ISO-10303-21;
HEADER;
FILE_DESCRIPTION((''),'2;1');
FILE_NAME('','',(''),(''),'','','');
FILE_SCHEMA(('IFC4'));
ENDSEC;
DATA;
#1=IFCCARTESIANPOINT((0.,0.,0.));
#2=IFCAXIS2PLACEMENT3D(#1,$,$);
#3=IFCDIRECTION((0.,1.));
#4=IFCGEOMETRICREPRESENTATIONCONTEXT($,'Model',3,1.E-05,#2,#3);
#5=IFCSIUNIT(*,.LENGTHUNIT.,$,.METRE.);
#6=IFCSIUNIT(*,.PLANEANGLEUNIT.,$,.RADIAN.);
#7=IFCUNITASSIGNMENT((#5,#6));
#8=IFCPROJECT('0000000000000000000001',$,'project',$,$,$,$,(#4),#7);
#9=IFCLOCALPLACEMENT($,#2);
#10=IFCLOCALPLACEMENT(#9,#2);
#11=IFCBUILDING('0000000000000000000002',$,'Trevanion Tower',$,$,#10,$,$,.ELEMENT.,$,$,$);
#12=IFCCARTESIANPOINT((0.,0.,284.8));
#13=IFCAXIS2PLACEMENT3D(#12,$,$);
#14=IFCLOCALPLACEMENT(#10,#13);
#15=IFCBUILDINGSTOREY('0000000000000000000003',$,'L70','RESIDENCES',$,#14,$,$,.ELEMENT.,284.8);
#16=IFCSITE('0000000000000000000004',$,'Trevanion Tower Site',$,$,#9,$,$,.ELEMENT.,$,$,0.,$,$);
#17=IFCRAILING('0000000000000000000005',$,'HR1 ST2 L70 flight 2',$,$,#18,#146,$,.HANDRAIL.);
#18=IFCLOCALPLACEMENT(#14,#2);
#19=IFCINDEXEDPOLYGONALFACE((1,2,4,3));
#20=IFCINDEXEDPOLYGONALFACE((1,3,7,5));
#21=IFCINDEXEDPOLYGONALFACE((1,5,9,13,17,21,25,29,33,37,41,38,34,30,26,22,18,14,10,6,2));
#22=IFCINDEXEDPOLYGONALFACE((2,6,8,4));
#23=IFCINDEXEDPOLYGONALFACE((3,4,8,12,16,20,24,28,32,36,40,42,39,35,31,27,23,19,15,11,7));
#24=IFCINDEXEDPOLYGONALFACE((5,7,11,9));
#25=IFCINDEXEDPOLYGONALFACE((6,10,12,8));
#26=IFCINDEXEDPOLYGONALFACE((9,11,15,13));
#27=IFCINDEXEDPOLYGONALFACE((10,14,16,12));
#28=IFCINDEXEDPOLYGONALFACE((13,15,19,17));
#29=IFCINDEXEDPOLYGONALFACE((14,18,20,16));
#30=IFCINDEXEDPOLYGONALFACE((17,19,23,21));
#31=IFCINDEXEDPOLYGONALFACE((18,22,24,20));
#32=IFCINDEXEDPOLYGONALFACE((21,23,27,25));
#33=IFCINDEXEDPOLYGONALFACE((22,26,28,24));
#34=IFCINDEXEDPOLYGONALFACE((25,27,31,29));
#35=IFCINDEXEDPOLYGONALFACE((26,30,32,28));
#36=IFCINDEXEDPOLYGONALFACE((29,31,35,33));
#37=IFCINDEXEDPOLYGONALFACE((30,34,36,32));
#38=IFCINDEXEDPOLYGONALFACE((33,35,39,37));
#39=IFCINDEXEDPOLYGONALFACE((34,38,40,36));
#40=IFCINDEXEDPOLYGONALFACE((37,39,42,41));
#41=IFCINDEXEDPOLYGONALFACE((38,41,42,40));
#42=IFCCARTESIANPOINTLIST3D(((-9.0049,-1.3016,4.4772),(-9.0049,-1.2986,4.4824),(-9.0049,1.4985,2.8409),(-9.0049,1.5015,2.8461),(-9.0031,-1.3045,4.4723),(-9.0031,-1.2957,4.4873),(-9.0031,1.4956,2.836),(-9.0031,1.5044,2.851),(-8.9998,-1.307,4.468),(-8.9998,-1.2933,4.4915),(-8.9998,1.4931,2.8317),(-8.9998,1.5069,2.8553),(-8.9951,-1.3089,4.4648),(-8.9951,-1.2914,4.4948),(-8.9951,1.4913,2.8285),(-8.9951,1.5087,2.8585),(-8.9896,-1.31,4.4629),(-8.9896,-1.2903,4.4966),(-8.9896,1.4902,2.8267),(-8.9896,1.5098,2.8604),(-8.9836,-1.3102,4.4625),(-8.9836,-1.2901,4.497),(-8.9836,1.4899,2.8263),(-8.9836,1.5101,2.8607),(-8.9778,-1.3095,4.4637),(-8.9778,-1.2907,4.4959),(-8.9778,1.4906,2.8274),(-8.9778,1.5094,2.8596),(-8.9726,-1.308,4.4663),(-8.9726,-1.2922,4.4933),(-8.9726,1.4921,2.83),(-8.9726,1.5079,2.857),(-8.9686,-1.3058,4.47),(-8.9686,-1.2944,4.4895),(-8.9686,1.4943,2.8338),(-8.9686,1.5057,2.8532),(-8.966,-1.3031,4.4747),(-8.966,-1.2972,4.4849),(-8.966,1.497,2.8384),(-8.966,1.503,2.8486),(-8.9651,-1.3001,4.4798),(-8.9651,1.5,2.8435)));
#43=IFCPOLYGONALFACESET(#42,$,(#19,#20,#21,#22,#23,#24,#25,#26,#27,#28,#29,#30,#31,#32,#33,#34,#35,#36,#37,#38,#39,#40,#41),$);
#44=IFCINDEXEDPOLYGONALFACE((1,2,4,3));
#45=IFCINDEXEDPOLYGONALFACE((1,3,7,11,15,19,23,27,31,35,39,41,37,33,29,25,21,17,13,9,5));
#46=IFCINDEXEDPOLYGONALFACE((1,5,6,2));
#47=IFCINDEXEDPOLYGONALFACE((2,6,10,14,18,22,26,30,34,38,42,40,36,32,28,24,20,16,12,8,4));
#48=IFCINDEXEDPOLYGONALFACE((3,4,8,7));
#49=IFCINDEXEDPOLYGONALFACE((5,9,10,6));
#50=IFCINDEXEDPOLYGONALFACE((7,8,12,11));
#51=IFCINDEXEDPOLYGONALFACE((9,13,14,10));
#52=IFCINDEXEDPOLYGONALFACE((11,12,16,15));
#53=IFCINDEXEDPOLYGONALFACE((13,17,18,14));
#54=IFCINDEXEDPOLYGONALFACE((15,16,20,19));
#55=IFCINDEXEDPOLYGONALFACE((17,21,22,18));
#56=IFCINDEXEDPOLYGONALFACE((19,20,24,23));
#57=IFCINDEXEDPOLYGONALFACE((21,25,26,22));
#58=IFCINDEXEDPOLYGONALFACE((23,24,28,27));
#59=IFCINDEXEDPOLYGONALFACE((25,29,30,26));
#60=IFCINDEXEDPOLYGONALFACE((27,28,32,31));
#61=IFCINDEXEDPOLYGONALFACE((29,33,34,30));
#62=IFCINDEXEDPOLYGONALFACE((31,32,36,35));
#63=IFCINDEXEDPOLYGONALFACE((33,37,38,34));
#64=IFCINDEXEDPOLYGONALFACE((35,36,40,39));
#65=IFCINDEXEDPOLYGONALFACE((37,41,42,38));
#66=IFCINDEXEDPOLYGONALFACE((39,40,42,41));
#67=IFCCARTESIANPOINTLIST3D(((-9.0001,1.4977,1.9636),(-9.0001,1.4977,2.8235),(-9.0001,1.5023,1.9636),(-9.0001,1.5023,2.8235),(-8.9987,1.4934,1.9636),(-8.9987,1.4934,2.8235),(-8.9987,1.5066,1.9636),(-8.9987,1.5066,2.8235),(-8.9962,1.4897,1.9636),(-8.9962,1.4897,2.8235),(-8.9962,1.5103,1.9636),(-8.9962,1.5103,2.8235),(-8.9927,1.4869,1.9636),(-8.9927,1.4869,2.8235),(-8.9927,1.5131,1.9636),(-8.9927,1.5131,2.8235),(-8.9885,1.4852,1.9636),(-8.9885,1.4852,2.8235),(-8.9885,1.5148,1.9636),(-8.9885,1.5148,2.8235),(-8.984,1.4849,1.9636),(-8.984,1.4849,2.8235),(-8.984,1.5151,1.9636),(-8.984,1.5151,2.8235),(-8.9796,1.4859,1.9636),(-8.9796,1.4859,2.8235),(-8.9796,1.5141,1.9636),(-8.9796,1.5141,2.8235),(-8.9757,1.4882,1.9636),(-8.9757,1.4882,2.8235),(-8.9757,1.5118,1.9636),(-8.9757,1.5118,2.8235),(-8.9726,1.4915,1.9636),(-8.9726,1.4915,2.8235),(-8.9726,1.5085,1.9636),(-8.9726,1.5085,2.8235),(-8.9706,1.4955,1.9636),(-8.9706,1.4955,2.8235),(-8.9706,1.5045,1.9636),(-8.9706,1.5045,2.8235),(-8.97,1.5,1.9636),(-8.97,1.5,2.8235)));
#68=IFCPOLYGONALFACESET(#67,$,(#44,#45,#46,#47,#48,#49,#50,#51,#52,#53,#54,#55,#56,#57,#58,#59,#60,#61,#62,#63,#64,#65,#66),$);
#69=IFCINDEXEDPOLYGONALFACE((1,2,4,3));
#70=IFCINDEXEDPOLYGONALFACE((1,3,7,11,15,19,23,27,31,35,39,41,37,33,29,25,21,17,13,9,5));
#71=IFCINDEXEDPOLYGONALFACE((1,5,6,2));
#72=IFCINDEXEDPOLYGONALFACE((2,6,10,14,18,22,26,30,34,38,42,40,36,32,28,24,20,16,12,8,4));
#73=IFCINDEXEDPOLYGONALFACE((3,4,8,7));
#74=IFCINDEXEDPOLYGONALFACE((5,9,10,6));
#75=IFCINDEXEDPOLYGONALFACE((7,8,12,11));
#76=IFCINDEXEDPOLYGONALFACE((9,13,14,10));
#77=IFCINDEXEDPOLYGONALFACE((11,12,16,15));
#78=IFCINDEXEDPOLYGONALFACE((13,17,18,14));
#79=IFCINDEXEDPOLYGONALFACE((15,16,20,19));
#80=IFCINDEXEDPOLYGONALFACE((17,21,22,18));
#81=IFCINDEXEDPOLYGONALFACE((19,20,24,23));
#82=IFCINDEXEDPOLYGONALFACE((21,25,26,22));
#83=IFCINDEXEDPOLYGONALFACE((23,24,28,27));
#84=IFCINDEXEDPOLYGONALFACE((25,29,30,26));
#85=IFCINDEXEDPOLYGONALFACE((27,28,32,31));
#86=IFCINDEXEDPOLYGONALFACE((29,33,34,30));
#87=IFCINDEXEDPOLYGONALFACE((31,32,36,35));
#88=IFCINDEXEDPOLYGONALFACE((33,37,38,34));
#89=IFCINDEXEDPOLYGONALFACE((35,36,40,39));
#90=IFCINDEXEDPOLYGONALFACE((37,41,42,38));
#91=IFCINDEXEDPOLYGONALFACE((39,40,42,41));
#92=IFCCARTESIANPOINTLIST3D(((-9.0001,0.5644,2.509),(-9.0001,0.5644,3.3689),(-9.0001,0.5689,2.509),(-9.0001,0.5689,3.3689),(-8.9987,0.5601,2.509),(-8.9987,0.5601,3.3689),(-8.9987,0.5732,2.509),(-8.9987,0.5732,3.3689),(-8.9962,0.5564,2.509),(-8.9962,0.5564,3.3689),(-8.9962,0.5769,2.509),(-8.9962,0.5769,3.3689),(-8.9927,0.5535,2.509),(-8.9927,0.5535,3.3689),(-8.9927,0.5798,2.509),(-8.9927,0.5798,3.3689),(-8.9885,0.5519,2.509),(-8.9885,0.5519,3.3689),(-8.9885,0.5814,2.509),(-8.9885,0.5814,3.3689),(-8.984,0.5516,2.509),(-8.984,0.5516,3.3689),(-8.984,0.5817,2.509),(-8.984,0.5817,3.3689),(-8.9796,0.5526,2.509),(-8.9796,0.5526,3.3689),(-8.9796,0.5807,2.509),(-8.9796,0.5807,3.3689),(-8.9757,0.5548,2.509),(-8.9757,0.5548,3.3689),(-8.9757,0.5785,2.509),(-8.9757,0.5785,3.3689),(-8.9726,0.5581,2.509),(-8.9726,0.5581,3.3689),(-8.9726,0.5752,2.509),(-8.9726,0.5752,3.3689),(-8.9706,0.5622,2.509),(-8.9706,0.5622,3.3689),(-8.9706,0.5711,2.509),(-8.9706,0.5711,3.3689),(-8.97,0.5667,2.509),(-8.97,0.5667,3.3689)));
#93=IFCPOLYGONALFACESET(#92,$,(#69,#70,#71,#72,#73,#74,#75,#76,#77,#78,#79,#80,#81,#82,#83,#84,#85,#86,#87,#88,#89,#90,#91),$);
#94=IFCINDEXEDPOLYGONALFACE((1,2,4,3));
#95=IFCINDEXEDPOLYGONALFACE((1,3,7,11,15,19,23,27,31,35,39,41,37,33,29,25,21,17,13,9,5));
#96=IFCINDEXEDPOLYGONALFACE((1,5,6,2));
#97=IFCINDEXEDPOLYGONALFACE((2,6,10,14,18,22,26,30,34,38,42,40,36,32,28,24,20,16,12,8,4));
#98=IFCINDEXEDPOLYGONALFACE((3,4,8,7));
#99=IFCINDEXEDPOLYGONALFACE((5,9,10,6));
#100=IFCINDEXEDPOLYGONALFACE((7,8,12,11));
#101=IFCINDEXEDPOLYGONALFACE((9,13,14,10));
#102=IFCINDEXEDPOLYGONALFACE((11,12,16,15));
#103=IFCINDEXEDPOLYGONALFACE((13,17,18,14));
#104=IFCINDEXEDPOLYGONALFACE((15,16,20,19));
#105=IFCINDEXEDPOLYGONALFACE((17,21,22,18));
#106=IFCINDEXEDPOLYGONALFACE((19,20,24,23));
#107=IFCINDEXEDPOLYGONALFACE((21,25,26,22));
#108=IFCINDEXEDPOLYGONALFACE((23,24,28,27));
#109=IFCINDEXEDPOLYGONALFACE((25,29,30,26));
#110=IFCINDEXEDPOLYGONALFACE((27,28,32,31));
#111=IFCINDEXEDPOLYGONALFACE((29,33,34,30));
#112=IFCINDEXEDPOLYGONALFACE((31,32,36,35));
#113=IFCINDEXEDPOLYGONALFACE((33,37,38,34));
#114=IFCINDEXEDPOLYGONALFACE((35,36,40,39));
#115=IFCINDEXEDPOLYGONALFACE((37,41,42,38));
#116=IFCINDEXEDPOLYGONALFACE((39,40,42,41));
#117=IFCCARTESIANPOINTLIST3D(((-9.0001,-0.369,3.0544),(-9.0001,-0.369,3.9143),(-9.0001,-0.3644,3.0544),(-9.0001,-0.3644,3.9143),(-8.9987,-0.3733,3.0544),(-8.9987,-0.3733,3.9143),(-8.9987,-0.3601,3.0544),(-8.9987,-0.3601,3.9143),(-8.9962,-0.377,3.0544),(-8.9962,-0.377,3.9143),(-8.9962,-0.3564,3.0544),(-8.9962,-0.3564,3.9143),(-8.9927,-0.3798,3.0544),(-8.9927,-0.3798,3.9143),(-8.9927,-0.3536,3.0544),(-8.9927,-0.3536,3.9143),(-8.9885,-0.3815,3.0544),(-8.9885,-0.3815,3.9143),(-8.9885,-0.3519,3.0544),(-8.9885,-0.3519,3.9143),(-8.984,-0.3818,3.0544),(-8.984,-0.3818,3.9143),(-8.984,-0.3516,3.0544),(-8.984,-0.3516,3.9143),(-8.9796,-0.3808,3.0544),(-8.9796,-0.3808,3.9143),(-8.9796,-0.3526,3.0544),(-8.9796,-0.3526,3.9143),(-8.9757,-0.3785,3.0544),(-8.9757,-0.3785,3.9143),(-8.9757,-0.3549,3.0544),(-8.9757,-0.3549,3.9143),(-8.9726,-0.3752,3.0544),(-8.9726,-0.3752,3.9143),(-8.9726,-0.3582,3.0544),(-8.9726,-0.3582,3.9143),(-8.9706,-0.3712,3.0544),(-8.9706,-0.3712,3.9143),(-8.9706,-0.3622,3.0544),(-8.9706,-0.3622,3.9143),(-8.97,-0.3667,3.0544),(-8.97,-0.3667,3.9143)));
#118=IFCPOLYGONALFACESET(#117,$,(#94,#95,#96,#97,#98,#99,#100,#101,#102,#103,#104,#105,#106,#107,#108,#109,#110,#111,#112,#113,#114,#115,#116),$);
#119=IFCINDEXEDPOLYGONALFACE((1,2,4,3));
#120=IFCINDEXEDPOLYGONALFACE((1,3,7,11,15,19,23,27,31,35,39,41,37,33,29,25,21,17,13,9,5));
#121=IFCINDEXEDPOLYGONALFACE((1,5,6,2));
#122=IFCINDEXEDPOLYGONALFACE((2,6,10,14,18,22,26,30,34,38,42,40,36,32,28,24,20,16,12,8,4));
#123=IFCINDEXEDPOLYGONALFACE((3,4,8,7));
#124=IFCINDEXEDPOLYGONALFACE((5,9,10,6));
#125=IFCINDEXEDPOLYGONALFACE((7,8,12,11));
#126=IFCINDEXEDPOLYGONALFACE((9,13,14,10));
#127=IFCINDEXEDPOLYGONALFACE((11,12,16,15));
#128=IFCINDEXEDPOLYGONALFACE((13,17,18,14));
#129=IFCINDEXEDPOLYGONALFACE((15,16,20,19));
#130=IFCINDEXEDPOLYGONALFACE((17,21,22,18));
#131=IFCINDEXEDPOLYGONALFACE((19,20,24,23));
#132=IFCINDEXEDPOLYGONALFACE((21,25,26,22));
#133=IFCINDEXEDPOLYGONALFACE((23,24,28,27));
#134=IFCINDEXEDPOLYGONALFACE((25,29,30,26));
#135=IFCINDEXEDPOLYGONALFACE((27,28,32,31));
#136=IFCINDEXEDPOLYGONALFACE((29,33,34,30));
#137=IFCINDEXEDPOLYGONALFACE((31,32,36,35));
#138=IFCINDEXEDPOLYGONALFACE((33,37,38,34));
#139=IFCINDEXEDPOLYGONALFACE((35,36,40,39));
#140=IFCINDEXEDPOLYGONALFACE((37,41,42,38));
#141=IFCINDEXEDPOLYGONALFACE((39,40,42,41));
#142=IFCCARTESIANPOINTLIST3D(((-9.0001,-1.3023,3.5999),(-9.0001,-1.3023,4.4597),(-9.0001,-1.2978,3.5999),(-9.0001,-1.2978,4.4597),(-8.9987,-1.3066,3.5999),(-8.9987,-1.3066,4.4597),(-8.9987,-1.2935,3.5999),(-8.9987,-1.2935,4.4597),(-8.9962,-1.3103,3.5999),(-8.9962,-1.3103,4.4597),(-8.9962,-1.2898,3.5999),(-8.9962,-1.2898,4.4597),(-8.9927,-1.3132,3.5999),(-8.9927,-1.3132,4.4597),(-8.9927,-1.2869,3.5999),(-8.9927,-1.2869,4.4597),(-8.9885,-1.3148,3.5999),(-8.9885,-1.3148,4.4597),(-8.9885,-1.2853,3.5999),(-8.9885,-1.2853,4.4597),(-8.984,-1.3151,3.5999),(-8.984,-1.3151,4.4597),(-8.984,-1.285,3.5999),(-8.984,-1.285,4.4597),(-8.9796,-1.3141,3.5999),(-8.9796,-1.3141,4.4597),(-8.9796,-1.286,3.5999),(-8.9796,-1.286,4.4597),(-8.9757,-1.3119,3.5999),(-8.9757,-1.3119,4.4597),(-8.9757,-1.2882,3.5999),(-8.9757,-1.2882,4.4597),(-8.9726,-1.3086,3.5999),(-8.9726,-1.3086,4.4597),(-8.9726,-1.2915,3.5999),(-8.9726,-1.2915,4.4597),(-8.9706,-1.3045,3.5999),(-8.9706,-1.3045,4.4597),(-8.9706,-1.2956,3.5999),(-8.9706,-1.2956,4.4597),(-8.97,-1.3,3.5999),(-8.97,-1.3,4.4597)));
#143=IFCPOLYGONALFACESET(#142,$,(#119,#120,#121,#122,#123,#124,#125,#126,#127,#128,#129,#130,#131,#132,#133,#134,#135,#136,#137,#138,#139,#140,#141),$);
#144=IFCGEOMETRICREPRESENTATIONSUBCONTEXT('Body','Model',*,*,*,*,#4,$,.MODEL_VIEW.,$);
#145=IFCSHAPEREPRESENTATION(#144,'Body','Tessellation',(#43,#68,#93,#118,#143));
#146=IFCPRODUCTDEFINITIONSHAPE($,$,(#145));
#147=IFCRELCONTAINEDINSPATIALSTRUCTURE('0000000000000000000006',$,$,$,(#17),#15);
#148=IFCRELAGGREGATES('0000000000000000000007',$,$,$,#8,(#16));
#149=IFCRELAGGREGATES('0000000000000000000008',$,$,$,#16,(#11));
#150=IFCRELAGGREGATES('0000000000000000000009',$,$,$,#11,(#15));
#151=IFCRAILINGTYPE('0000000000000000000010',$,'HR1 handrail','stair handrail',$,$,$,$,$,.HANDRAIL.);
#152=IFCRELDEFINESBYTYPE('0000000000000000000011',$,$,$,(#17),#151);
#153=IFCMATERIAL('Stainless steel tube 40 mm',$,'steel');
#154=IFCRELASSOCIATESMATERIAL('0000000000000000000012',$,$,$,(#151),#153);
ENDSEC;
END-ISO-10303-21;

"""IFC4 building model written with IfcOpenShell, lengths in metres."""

from ifc_helpers import new_model, si_unit, direction, frame, origin, origin_2d, place, context, subcontext, project, spatial, circle, extrude, material, type_object, element, save


model = new_model("IFC4")

# Units and contexts
model_context = context("Model", 3, precision=1e-05, world=origin(), true_north=direction((0.0, 1.0)))
body_context = subcontext(model_context, "Body", "Model", "MODEL_VIEW")
ifc_project = project(units=[si_unit("LENGTHUNIT", "METRE"), si_unit("PLANEANGLEUNIT", "RADIAN")], contexts=[model_context])

# Site, building, storey
site_placement = place(None, origin())
site = spatial("IfcSite", under=ifc_project, at=site_placement, Name="Trevanion Tower Site", CompositionType="ELEMENT", RefElevation=0.0)
building_placement = place(site_placement, origin())
building = spatial("IfcBuilding", under=site, at=building_placement, Name="Trevanion Tower", CompositionType="ELEMENT")
storey_placement = place(building_placement, frame((0.0, 0.0, 284.8)))
storey = spatial("IfcBuildingStorey", under=building, at=storey_placement, Name="L70", Description="RESIDENCES", CompositionType="ELEMENT", Elevation=284.8)

# Railing
ifc_material_1 = material(Name="Stainless steel tube 40 mm", Category="steel")
railing_type = type_object("IfcRailingType", Name="HR1 handrail", Description="stair handrail", PredefinedType="HANDRAIL", material=ifc_material_1)
for number, where, name in (
    (1, (-8.9851, 1.5, 1.9636), "HR1 ST2 L70 flight 2"),
):
    element("IfcRailing", number, at=place(storey_placement, frame(where)), inside=storey, type_object=railing_type, Name=name, PredefinedType="HANDRAIL", context=body_context, shape_type="SweptSolid", body=[
        extrude(circle(Radius=0.02, at=origin_2d()), frame((0.0, 0.0, 0.8799), z_axis=(0.0, -0.863394, 0.504531), x_axis=(1.0, 0.0, 0.0)), (0.0, 0.0, 1.0), 3.2432),
        extrude(circle(Radius=0.0151, at=origin_2d()), origin(), (0.0, 0.0, 1.0), 0.8599),
        extrude(circle(Radius=0.0151, at=origin_2d()), frame((0.0, -0.9333, 0.5454)), (0.0, 0.0, 1.0), 0.8599),
        extrude(circle(Radius=0.0151, at=origin_2d()), frame((0.0, -1.8667, 1.0908)), (0.0, 0.0, 1.0), 0.8599),
        extrude(circle(Radius=0.0151, at=origin_2d()), frame((0.0, -2.8, 1.6362)), (0.0, 0.0, 1.0), 0.8599),
    ])

save(model, "model.ifc")
